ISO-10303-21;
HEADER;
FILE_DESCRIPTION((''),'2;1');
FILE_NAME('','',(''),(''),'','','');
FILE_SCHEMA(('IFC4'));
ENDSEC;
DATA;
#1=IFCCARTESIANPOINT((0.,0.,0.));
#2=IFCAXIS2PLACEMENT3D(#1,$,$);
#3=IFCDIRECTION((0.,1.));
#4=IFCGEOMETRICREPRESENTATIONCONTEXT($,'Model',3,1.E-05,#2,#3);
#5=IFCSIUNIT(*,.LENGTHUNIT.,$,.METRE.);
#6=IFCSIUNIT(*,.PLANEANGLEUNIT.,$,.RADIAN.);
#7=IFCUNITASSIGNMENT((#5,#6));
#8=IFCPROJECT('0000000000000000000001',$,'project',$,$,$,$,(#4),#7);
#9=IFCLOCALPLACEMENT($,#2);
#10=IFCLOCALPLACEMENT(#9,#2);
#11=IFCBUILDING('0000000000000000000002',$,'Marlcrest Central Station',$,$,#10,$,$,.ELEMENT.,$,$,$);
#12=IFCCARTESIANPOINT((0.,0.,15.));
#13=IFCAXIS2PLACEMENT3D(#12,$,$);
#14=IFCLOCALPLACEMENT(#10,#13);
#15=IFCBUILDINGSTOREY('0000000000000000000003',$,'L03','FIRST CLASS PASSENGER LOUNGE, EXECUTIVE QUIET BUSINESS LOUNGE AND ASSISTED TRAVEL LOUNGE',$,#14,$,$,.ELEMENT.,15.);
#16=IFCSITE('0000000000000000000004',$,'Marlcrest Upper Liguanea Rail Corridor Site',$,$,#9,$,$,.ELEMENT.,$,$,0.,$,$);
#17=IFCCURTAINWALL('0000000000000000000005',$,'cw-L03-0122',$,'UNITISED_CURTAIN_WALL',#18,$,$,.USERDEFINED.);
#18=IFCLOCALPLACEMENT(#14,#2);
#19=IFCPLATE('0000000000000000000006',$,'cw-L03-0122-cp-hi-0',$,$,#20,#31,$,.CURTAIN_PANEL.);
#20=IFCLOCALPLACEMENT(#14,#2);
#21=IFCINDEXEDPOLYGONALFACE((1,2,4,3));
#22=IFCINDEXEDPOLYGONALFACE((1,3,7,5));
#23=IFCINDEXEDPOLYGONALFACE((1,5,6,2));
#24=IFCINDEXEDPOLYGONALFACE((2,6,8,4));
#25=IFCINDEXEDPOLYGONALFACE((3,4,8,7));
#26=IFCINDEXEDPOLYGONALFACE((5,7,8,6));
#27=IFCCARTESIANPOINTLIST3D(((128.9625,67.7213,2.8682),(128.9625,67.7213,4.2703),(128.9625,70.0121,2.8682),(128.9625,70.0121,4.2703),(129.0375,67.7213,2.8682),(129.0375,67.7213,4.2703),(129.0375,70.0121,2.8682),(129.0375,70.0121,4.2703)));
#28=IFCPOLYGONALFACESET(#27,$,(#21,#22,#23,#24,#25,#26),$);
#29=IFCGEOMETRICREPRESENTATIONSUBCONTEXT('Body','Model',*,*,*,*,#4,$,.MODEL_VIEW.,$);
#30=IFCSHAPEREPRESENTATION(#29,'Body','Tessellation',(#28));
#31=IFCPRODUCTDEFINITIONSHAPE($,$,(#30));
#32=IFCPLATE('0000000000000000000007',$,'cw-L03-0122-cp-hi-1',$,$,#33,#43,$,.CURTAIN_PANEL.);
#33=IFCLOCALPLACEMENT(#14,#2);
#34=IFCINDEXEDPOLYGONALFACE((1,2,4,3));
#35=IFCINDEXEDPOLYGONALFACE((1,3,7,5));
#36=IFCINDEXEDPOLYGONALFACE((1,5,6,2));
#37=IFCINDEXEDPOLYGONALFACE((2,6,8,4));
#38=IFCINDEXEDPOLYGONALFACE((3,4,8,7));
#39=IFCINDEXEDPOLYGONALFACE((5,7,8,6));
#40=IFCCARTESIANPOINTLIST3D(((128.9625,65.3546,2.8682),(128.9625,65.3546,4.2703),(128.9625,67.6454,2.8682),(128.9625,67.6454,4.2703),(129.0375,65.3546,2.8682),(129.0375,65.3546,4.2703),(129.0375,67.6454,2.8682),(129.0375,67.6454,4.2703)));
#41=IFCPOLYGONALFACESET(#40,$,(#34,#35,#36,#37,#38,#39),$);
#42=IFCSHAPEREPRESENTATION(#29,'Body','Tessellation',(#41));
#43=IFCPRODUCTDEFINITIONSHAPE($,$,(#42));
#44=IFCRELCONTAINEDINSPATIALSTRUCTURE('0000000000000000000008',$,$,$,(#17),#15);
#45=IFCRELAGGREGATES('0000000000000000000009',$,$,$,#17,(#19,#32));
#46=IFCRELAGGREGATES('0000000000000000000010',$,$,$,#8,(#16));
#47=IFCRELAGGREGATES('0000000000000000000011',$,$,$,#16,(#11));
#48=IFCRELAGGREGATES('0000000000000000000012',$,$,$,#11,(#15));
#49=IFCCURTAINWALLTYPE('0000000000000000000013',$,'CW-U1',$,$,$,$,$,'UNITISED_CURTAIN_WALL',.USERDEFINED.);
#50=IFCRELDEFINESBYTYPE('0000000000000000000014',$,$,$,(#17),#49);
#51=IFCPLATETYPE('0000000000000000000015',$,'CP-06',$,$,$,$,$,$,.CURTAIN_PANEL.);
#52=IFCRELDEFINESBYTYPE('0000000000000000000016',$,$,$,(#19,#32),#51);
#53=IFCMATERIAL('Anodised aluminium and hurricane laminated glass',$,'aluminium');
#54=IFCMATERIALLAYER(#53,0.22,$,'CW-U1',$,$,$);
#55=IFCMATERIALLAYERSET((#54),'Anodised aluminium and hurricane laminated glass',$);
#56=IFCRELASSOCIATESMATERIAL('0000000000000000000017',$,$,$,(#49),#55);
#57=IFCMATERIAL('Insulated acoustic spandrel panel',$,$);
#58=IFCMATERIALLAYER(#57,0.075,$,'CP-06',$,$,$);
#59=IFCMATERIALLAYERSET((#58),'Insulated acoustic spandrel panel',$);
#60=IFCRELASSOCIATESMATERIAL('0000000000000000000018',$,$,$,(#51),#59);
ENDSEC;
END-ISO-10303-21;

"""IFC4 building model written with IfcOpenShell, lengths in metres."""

from ifc_helpers import new_model, si_unit, direction, frame, origin, origin_2d, place, context, subcontext, project, spatial, rectangle, extrude, material, layer, layer_set, type_object, element, aggregate, save


model = new_model("IFC4")

# Units and contexts
model_context = context("Model", 3, precision=1e-05, world=origin(), true_north=direction((0.0, 1.0)))
body_context = subcontext(model_context, "Body", "Model", "MODEL_VIEW")
ifc_project = project(units=[si_unit("LENGTHUNIT", "METRE"), si_unit("PLANEANGLEUNIT", "RADIAN")], contexts=[model_context])

# Site, building, storey
site_placement = place(None, origin())
site = spatial("IfcSite", under=ifc_project, at=site_placement, Name="Marlcrest Upper Liguanea Rail Corridor Site", CompositionType="ELEMENT", RefElevation=0.0)
building_placement = place(site_placement, origin())
building = spatial("IfcBuilding", under=site, at=building_placement, Name="Marlcrest Central Station", CompositionType="ELEMENT")
storey_placement = place(building_placement, frame((0.0, 0.0, 15.0)))
storey = spatial("IfcBuildingStorey", under=building, at=storey_placement, Name="L03", Description="FIRST CLASS PASSENGER LOUNGE, EXECUTIVE QUIET BUSINESS LOUNGE AND ASSISTED TRAVEL LOUNGE", CompositionType="ELEMENT", Elevation=15.0)

# Curtain wall
ifc_material_1 = material(Name="Anodised aluminium and hurricane laminated glass", Category="aluminium")
ifc_layer_1 = layer(ifc_material_1, 0.22, Name="CW-U1")
ifc_layer_set_1 = layer_set([ifc_layer_1], Name="Anodised aluminium and hurricane laminated glass")
curtain_wall_type = type_object("IfcCurtainWallType", Name="CW-U1", ElementType="UNITISED_CURTAIN_WALL", PredefinedType="USERDEFINED", material=ifc_layer_set_1)
curtain_wall_1_placement = place(storey_placement, origin())
curtain_wall_1 = element("IfcCurtainWall", 1, at=curtain_wall_1_placement, inside=storey, type_object=curtain_wall_type, Name="cw-L03-0122", ObjectType="UNITISED_CURTAIN_WALL", PredefinedType="USERDEFINED")

# Plates
ifc_material_2 = material(Name="Insulated acoustic spandrel panel")
ifc_layer_2 = layer(ifc_material_2, 0.075, Name="CP-06")
ifc_layer_set_2 = layer_set([ifc_layer_2], Name="Insulated acoustic spandrel panel")
plate_type_1 = type_object("IfcPlateType", Name="CP-06", PredefinedType="CURTAIN_PANEL", material=ifc_layer_set_2)
plate_1_placement = place(storey_placement, frame((129.0, 68.8667, 2.8682), z_axis=(0.0, 0.0, 1.0), x_axis=(0.0, -1.0, 0.0)))
plate_1 = element("IfcPlate", 2, at=plate_1_placement, type_object=plate_type_1, Name="cw-L03-0122-cp-hi-0", PredefinedType="CURTAIN_PANEL", context=body_context, shape_type="SweptSolid", body=[
    extrude(rectangle(XDim=2.2908, YDim=0.075, at=origin_2d()), origin(), (0.0, 0.0, 1.0), 1.4021),
])
plate_2_placement = place(storey_placement, frame((129.0, 66.5, 2.8682), z_axis=(0.0, 0.0, 1.0), x_axis=(0.0, -1.0, 0.0)))
plate_2 = element("IfcPlate", 3, at=plate_2_placement, type_object=plate_type_1, Name="cw-L03-0122-cp-hi-1", PredefinedType="CURTAIN_PANEL", context=body_context, shape_type="SweptSolid", body=[
    extrude(rectangle(XDim=2.2908, YDim=0.075, at=origin_2d()), origin(), (0.0, 0.0, 1.0), 1.4021),
])
aggregate(curtain_wall_1, [plate_1, plate_2])

save(model, "model.ifc")
